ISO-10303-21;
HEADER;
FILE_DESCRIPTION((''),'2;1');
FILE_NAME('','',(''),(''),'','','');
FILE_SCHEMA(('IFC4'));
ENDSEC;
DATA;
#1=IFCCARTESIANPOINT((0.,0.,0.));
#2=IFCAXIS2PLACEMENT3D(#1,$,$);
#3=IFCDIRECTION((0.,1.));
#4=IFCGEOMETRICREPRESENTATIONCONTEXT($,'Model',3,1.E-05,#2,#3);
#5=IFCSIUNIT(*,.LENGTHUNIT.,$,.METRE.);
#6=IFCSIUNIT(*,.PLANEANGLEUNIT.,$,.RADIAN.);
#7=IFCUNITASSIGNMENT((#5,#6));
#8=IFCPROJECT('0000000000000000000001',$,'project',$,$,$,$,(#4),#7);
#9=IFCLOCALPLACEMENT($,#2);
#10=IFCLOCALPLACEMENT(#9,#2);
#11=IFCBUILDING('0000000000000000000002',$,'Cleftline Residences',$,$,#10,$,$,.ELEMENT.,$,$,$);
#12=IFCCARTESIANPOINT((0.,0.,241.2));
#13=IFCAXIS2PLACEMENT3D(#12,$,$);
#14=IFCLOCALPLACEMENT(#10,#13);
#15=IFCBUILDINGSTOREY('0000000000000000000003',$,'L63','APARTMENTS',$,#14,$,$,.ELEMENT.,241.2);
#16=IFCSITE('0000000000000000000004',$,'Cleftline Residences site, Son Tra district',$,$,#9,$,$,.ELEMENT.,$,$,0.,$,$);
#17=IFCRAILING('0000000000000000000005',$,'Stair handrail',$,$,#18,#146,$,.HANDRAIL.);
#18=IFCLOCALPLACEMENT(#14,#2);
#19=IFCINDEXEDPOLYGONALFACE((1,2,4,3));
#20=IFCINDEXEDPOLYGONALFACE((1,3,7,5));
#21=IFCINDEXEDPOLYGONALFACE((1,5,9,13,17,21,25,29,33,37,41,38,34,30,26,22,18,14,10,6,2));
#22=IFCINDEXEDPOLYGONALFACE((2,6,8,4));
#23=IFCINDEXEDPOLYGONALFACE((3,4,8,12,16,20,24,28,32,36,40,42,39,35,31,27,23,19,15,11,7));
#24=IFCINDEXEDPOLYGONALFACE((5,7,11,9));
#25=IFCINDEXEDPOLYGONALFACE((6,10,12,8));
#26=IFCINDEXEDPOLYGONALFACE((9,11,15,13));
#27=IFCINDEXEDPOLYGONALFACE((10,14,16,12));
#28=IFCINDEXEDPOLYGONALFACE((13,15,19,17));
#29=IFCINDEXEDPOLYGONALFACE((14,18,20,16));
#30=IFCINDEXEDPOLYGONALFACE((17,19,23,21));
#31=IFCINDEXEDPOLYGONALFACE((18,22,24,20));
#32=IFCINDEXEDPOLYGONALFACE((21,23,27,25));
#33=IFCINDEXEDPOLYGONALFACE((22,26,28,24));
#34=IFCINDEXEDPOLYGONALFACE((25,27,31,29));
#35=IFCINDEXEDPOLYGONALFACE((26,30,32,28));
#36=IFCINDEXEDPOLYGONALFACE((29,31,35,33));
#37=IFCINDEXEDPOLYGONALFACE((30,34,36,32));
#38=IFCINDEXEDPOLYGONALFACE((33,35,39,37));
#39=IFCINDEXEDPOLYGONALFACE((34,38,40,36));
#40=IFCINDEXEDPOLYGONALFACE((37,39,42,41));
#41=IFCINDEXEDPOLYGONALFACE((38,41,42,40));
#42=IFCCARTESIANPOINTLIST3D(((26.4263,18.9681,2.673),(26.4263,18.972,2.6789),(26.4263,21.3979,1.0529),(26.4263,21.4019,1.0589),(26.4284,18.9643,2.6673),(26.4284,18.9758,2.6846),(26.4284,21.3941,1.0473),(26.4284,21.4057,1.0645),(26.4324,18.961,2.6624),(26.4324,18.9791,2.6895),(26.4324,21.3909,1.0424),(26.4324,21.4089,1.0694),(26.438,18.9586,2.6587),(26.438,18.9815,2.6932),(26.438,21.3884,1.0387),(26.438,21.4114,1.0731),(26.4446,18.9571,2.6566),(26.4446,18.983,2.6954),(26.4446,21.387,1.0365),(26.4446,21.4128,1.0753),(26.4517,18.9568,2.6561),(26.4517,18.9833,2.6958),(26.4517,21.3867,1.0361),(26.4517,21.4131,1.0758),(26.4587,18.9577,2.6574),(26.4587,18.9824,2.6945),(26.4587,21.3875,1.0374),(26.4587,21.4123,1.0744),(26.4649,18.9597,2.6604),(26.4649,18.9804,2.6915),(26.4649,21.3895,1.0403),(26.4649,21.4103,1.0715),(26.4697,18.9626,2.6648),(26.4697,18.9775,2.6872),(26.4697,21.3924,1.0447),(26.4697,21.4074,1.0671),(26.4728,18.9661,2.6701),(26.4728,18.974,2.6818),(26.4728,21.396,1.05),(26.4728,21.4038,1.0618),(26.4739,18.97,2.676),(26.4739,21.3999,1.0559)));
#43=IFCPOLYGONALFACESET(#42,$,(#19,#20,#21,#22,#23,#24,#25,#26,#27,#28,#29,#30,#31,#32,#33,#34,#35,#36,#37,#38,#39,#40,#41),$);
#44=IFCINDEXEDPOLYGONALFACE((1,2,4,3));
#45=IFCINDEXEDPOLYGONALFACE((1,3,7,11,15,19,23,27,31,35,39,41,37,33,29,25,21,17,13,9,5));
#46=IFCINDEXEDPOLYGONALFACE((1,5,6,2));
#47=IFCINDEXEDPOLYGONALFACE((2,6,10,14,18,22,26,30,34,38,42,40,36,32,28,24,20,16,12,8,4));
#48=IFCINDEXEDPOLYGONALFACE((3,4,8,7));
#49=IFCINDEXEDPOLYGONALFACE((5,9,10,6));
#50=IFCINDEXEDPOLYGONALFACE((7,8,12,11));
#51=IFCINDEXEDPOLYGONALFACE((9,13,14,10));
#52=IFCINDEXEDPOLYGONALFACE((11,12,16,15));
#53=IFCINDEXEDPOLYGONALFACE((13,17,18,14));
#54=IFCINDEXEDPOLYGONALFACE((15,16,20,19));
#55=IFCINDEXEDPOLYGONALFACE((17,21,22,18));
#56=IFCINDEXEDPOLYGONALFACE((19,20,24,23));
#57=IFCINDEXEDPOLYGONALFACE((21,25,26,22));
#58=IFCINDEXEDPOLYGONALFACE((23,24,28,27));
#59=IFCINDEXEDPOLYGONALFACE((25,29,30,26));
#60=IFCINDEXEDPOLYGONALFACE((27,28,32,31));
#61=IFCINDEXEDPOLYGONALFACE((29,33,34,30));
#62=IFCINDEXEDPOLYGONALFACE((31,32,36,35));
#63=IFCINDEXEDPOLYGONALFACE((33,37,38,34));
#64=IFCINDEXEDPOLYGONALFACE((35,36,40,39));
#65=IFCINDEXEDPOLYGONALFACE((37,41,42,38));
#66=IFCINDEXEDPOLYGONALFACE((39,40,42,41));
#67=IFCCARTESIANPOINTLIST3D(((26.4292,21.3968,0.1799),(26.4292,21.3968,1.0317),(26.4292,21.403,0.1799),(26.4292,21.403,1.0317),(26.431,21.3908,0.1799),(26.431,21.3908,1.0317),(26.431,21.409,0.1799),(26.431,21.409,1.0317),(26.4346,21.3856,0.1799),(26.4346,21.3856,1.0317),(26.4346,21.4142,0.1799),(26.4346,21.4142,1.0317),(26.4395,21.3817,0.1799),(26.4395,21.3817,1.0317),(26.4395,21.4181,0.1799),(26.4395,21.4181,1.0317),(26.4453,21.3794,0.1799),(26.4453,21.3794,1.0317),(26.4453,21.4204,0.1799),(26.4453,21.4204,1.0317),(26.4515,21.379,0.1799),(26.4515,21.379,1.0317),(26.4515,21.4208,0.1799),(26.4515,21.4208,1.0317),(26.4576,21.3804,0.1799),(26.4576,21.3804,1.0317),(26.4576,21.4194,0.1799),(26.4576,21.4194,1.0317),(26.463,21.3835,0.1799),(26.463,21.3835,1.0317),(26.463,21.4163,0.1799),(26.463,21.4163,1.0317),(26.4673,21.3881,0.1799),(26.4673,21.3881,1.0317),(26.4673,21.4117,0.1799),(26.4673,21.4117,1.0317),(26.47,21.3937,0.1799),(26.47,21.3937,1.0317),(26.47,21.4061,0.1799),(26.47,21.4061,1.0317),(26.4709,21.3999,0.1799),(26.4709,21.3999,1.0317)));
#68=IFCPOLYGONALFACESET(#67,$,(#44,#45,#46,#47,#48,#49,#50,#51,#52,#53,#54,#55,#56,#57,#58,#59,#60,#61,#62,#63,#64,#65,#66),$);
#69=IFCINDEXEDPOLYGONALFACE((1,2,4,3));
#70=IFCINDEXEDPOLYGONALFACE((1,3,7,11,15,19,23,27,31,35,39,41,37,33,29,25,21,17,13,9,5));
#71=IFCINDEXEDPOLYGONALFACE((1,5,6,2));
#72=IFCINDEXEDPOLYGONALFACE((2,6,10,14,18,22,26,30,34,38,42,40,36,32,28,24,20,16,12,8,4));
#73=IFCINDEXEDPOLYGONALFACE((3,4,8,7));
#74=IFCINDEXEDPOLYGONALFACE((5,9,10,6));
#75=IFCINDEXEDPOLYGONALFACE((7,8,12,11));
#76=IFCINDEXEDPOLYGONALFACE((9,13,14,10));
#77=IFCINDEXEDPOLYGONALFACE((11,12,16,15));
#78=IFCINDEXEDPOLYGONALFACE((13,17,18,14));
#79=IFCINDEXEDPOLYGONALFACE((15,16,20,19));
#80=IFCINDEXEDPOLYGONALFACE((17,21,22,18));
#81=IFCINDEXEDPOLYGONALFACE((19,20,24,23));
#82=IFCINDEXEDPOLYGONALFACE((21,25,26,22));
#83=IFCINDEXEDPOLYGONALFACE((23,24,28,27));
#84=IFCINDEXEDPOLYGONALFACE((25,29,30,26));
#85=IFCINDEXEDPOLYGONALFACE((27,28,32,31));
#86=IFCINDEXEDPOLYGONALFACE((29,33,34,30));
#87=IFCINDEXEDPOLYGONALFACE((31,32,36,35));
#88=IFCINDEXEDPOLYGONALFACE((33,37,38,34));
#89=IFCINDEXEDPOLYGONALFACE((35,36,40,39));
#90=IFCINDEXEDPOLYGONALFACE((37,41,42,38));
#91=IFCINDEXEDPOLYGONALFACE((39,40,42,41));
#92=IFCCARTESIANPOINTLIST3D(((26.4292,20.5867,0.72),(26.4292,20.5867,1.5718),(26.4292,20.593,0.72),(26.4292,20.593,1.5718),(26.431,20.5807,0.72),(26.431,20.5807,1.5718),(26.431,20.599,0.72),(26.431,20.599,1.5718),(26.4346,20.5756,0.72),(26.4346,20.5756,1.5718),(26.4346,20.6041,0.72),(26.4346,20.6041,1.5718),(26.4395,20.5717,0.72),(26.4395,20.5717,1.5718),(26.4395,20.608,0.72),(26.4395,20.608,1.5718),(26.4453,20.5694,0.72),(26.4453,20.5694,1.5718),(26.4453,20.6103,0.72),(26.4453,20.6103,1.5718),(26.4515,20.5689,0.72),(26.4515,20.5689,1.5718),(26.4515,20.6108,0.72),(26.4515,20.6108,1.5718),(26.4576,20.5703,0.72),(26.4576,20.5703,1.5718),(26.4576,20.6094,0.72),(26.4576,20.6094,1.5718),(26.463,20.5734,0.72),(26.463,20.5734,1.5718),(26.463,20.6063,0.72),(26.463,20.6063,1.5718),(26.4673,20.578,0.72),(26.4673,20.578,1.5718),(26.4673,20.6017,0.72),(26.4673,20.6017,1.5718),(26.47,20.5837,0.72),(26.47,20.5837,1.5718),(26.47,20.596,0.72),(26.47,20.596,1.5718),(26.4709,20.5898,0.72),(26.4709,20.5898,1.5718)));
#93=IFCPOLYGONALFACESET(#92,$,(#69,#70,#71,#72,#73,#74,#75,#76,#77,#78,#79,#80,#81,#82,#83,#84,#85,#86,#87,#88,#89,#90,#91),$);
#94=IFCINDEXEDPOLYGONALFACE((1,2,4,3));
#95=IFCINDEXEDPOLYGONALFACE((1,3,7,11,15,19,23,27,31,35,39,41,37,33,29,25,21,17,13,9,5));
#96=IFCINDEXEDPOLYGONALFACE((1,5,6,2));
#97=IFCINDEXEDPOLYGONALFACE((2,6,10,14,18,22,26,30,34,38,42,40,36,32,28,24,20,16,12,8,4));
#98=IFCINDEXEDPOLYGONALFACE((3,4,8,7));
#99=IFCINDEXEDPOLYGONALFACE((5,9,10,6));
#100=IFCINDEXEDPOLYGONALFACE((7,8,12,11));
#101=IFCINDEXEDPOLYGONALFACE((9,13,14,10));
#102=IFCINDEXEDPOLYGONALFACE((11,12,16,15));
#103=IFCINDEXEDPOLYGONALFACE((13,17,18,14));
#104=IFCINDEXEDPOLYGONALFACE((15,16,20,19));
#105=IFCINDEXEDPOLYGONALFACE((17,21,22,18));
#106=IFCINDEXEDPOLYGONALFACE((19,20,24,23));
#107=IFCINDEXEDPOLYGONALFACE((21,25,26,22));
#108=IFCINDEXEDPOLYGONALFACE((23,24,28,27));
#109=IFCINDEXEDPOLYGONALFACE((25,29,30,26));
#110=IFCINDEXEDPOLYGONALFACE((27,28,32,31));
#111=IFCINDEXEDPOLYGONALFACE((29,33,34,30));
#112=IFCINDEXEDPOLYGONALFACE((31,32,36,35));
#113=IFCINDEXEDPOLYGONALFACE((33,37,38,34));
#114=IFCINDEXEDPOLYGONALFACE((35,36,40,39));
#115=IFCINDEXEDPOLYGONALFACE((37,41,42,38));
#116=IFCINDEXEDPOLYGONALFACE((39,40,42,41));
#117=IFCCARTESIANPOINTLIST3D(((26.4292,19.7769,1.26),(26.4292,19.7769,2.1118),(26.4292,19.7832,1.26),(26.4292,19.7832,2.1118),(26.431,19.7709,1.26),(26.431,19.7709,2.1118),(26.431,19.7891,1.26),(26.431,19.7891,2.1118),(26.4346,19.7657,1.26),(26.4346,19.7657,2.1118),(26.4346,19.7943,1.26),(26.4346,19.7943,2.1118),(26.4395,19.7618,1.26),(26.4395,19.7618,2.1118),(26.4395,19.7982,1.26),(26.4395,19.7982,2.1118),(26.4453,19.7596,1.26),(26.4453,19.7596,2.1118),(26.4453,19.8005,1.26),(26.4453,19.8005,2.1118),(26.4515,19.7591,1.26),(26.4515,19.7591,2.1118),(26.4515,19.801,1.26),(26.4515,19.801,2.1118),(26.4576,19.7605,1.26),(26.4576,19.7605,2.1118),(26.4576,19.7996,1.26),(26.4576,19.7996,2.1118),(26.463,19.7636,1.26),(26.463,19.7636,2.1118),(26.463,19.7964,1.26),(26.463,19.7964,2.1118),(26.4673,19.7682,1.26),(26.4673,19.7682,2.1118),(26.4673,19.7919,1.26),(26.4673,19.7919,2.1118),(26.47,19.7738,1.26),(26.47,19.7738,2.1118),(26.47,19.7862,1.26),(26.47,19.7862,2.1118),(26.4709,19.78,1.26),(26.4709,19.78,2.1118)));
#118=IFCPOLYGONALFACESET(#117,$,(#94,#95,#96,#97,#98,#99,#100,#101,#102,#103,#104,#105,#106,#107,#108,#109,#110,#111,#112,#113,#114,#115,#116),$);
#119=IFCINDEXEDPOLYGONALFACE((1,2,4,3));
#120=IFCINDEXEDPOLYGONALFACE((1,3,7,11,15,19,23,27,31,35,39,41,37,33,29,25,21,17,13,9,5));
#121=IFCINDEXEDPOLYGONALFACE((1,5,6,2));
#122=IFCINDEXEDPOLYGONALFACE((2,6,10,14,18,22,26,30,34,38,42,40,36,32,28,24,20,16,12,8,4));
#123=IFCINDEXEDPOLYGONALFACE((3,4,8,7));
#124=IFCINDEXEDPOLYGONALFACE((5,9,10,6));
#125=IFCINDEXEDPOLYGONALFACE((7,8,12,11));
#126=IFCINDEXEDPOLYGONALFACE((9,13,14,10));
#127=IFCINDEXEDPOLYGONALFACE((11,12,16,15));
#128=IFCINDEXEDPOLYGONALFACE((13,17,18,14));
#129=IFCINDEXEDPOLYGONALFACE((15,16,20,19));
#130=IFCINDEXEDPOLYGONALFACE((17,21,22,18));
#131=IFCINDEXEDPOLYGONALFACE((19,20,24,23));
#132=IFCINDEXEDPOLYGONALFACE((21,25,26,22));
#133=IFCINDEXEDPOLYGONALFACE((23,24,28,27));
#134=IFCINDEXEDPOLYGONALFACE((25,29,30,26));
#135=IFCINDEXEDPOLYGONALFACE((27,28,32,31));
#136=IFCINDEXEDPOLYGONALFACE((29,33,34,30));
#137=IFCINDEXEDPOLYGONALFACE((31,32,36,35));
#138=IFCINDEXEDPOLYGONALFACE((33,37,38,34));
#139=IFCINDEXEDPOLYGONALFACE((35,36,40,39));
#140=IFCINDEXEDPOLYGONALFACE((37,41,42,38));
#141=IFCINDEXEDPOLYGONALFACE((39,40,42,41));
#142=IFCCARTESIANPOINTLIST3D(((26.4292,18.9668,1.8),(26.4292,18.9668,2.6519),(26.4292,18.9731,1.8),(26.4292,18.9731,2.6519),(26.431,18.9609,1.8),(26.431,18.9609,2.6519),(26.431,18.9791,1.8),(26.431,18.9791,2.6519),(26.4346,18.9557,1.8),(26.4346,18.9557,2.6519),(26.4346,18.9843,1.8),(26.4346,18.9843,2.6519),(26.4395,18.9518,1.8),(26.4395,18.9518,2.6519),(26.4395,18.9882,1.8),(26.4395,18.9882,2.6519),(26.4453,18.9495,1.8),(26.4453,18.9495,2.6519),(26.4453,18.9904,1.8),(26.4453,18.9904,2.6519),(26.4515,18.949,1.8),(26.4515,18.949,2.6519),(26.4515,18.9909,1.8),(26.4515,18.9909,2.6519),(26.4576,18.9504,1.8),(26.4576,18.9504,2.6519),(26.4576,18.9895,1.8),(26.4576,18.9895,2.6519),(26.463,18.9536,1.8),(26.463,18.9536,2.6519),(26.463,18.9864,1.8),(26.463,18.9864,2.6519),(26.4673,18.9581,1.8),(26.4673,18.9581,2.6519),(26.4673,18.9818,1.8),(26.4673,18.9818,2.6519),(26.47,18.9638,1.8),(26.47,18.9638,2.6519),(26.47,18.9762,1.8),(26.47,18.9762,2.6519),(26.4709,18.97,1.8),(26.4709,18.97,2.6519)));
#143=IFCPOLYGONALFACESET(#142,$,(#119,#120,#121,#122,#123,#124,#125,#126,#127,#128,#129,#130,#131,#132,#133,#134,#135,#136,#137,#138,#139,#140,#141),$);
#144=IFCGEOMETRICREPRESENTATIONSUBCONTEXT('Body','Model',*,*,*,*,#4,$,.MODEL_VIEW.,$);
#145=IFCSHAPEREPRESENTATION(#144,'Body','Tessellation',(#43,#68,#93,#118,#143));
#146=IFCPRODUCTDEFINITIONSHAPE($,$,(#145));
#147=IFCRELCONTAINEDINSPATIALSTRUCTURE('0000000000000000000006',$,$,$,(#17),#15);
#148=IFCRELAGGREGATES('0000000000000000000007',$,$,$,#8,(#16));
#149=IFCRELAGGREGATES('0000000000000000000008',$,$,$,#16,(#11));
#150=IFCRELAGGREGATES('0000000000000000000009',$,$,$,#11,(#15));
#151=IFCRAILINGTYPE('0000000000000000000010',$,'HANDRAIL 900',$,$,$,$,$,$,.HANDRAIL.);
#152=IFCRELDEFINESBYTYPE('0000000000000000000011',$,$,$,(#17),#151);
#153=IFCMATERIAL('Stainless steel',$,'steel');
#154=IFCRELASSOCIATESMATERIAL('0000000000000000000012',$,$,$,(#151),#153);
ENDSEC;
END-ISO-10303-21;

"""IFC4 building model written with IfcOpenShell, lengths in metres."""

from ifc_helpers import new_model, si_unit, direction, frame, origin, origin_2d, place, context, subcontext, project, spatial, circle, extrude, material, type_object, element, save


model = new_model("IFC4")

# Units and contexts
model_context = context("Model", 3, precision=1e-05, world=origin(), true_north=direction((0.0, 1.0)))
body_context = subcontext(model_context, "Body", "Model", "MODEL_VIEW")
ifc_project = project(units=[si_unit("LENGTHUNIT", "METRE"), si_unit("PLANEANGLEUNIT", "RADIAN")], contexts=[model_context])

# Site, building, storey
site_placement = place(None, origin())
site = spatial("IfcSite", under=ifc_project, at=site_placement, Name="Cleftline Residences site, Son Tra district", CompositionType="ELEMENT", RefElevation=0.0)
building_placement = place(site_placement, origin())
building = spatial("IfcBuilding", under=site, at=building_placement, Name="Cleftline Residences", CompositionType="ELEMENT")
storey_placement = place(building_placement, frame((0.0, 0.0, 241.2)))
storey = spatial("IfcBuildingStorey", under=building, at=storey_placement, Name="L63", Description="APARTMENTS", CompositionType="ELEMENT", Elevation=241.2)

# Railing
ifc_material_1 = material(Name="Stainless steel", Category="steel")
railing_type = type_object("IfcRailingType", Name="HANDRAIL 900", PredefinedType="HANDRAIL", material=ifc_material_1)
railing_1_placement = place(storey_placement, frame((26.45, 21.3999, 0.1799)))
element("IfcRailing", 1, at=railing_1_placement, inside=storey, type_object=railing_type, Name="Stair handrail", PredefinedType="HANDRAIL", context=body_context, shape_type="SweptSolid", body=[
    extrude(circle(Radius=0.0239, at=origin_2d()), frame((0.0, 0.0, 0.876), z_axis=(0.0, -0.832025, 0.554739), x_axis=(1.0, 0.0, 0.0)), (0.0, 0.0, 1.0), 2.9204),
    extrude(circle(Radius=0.021, at=origin_2d()), origin(), (0.0, 0.0, 1.0), 0.8518),
    extrude(circle(Radius=0.021, at=origin_2d()), frame((0.0, -0.8101, 0.54)), (0.0, 0.0, 1.0), 0.8518),
    extrude(circle(Radius=0.021, at=origin_2d()), frame((0.0, -1.6199, 1.0801)), (0.0, 0.0, 1.0), 0.8518),
    extrude(circle(Radius=0.021, at=origin_2d()), frame((0.0, -2.4299, 1.6201)), (0.0, 0.0, 1.0), 0.8518),
])

save(model, "model.ifc")
